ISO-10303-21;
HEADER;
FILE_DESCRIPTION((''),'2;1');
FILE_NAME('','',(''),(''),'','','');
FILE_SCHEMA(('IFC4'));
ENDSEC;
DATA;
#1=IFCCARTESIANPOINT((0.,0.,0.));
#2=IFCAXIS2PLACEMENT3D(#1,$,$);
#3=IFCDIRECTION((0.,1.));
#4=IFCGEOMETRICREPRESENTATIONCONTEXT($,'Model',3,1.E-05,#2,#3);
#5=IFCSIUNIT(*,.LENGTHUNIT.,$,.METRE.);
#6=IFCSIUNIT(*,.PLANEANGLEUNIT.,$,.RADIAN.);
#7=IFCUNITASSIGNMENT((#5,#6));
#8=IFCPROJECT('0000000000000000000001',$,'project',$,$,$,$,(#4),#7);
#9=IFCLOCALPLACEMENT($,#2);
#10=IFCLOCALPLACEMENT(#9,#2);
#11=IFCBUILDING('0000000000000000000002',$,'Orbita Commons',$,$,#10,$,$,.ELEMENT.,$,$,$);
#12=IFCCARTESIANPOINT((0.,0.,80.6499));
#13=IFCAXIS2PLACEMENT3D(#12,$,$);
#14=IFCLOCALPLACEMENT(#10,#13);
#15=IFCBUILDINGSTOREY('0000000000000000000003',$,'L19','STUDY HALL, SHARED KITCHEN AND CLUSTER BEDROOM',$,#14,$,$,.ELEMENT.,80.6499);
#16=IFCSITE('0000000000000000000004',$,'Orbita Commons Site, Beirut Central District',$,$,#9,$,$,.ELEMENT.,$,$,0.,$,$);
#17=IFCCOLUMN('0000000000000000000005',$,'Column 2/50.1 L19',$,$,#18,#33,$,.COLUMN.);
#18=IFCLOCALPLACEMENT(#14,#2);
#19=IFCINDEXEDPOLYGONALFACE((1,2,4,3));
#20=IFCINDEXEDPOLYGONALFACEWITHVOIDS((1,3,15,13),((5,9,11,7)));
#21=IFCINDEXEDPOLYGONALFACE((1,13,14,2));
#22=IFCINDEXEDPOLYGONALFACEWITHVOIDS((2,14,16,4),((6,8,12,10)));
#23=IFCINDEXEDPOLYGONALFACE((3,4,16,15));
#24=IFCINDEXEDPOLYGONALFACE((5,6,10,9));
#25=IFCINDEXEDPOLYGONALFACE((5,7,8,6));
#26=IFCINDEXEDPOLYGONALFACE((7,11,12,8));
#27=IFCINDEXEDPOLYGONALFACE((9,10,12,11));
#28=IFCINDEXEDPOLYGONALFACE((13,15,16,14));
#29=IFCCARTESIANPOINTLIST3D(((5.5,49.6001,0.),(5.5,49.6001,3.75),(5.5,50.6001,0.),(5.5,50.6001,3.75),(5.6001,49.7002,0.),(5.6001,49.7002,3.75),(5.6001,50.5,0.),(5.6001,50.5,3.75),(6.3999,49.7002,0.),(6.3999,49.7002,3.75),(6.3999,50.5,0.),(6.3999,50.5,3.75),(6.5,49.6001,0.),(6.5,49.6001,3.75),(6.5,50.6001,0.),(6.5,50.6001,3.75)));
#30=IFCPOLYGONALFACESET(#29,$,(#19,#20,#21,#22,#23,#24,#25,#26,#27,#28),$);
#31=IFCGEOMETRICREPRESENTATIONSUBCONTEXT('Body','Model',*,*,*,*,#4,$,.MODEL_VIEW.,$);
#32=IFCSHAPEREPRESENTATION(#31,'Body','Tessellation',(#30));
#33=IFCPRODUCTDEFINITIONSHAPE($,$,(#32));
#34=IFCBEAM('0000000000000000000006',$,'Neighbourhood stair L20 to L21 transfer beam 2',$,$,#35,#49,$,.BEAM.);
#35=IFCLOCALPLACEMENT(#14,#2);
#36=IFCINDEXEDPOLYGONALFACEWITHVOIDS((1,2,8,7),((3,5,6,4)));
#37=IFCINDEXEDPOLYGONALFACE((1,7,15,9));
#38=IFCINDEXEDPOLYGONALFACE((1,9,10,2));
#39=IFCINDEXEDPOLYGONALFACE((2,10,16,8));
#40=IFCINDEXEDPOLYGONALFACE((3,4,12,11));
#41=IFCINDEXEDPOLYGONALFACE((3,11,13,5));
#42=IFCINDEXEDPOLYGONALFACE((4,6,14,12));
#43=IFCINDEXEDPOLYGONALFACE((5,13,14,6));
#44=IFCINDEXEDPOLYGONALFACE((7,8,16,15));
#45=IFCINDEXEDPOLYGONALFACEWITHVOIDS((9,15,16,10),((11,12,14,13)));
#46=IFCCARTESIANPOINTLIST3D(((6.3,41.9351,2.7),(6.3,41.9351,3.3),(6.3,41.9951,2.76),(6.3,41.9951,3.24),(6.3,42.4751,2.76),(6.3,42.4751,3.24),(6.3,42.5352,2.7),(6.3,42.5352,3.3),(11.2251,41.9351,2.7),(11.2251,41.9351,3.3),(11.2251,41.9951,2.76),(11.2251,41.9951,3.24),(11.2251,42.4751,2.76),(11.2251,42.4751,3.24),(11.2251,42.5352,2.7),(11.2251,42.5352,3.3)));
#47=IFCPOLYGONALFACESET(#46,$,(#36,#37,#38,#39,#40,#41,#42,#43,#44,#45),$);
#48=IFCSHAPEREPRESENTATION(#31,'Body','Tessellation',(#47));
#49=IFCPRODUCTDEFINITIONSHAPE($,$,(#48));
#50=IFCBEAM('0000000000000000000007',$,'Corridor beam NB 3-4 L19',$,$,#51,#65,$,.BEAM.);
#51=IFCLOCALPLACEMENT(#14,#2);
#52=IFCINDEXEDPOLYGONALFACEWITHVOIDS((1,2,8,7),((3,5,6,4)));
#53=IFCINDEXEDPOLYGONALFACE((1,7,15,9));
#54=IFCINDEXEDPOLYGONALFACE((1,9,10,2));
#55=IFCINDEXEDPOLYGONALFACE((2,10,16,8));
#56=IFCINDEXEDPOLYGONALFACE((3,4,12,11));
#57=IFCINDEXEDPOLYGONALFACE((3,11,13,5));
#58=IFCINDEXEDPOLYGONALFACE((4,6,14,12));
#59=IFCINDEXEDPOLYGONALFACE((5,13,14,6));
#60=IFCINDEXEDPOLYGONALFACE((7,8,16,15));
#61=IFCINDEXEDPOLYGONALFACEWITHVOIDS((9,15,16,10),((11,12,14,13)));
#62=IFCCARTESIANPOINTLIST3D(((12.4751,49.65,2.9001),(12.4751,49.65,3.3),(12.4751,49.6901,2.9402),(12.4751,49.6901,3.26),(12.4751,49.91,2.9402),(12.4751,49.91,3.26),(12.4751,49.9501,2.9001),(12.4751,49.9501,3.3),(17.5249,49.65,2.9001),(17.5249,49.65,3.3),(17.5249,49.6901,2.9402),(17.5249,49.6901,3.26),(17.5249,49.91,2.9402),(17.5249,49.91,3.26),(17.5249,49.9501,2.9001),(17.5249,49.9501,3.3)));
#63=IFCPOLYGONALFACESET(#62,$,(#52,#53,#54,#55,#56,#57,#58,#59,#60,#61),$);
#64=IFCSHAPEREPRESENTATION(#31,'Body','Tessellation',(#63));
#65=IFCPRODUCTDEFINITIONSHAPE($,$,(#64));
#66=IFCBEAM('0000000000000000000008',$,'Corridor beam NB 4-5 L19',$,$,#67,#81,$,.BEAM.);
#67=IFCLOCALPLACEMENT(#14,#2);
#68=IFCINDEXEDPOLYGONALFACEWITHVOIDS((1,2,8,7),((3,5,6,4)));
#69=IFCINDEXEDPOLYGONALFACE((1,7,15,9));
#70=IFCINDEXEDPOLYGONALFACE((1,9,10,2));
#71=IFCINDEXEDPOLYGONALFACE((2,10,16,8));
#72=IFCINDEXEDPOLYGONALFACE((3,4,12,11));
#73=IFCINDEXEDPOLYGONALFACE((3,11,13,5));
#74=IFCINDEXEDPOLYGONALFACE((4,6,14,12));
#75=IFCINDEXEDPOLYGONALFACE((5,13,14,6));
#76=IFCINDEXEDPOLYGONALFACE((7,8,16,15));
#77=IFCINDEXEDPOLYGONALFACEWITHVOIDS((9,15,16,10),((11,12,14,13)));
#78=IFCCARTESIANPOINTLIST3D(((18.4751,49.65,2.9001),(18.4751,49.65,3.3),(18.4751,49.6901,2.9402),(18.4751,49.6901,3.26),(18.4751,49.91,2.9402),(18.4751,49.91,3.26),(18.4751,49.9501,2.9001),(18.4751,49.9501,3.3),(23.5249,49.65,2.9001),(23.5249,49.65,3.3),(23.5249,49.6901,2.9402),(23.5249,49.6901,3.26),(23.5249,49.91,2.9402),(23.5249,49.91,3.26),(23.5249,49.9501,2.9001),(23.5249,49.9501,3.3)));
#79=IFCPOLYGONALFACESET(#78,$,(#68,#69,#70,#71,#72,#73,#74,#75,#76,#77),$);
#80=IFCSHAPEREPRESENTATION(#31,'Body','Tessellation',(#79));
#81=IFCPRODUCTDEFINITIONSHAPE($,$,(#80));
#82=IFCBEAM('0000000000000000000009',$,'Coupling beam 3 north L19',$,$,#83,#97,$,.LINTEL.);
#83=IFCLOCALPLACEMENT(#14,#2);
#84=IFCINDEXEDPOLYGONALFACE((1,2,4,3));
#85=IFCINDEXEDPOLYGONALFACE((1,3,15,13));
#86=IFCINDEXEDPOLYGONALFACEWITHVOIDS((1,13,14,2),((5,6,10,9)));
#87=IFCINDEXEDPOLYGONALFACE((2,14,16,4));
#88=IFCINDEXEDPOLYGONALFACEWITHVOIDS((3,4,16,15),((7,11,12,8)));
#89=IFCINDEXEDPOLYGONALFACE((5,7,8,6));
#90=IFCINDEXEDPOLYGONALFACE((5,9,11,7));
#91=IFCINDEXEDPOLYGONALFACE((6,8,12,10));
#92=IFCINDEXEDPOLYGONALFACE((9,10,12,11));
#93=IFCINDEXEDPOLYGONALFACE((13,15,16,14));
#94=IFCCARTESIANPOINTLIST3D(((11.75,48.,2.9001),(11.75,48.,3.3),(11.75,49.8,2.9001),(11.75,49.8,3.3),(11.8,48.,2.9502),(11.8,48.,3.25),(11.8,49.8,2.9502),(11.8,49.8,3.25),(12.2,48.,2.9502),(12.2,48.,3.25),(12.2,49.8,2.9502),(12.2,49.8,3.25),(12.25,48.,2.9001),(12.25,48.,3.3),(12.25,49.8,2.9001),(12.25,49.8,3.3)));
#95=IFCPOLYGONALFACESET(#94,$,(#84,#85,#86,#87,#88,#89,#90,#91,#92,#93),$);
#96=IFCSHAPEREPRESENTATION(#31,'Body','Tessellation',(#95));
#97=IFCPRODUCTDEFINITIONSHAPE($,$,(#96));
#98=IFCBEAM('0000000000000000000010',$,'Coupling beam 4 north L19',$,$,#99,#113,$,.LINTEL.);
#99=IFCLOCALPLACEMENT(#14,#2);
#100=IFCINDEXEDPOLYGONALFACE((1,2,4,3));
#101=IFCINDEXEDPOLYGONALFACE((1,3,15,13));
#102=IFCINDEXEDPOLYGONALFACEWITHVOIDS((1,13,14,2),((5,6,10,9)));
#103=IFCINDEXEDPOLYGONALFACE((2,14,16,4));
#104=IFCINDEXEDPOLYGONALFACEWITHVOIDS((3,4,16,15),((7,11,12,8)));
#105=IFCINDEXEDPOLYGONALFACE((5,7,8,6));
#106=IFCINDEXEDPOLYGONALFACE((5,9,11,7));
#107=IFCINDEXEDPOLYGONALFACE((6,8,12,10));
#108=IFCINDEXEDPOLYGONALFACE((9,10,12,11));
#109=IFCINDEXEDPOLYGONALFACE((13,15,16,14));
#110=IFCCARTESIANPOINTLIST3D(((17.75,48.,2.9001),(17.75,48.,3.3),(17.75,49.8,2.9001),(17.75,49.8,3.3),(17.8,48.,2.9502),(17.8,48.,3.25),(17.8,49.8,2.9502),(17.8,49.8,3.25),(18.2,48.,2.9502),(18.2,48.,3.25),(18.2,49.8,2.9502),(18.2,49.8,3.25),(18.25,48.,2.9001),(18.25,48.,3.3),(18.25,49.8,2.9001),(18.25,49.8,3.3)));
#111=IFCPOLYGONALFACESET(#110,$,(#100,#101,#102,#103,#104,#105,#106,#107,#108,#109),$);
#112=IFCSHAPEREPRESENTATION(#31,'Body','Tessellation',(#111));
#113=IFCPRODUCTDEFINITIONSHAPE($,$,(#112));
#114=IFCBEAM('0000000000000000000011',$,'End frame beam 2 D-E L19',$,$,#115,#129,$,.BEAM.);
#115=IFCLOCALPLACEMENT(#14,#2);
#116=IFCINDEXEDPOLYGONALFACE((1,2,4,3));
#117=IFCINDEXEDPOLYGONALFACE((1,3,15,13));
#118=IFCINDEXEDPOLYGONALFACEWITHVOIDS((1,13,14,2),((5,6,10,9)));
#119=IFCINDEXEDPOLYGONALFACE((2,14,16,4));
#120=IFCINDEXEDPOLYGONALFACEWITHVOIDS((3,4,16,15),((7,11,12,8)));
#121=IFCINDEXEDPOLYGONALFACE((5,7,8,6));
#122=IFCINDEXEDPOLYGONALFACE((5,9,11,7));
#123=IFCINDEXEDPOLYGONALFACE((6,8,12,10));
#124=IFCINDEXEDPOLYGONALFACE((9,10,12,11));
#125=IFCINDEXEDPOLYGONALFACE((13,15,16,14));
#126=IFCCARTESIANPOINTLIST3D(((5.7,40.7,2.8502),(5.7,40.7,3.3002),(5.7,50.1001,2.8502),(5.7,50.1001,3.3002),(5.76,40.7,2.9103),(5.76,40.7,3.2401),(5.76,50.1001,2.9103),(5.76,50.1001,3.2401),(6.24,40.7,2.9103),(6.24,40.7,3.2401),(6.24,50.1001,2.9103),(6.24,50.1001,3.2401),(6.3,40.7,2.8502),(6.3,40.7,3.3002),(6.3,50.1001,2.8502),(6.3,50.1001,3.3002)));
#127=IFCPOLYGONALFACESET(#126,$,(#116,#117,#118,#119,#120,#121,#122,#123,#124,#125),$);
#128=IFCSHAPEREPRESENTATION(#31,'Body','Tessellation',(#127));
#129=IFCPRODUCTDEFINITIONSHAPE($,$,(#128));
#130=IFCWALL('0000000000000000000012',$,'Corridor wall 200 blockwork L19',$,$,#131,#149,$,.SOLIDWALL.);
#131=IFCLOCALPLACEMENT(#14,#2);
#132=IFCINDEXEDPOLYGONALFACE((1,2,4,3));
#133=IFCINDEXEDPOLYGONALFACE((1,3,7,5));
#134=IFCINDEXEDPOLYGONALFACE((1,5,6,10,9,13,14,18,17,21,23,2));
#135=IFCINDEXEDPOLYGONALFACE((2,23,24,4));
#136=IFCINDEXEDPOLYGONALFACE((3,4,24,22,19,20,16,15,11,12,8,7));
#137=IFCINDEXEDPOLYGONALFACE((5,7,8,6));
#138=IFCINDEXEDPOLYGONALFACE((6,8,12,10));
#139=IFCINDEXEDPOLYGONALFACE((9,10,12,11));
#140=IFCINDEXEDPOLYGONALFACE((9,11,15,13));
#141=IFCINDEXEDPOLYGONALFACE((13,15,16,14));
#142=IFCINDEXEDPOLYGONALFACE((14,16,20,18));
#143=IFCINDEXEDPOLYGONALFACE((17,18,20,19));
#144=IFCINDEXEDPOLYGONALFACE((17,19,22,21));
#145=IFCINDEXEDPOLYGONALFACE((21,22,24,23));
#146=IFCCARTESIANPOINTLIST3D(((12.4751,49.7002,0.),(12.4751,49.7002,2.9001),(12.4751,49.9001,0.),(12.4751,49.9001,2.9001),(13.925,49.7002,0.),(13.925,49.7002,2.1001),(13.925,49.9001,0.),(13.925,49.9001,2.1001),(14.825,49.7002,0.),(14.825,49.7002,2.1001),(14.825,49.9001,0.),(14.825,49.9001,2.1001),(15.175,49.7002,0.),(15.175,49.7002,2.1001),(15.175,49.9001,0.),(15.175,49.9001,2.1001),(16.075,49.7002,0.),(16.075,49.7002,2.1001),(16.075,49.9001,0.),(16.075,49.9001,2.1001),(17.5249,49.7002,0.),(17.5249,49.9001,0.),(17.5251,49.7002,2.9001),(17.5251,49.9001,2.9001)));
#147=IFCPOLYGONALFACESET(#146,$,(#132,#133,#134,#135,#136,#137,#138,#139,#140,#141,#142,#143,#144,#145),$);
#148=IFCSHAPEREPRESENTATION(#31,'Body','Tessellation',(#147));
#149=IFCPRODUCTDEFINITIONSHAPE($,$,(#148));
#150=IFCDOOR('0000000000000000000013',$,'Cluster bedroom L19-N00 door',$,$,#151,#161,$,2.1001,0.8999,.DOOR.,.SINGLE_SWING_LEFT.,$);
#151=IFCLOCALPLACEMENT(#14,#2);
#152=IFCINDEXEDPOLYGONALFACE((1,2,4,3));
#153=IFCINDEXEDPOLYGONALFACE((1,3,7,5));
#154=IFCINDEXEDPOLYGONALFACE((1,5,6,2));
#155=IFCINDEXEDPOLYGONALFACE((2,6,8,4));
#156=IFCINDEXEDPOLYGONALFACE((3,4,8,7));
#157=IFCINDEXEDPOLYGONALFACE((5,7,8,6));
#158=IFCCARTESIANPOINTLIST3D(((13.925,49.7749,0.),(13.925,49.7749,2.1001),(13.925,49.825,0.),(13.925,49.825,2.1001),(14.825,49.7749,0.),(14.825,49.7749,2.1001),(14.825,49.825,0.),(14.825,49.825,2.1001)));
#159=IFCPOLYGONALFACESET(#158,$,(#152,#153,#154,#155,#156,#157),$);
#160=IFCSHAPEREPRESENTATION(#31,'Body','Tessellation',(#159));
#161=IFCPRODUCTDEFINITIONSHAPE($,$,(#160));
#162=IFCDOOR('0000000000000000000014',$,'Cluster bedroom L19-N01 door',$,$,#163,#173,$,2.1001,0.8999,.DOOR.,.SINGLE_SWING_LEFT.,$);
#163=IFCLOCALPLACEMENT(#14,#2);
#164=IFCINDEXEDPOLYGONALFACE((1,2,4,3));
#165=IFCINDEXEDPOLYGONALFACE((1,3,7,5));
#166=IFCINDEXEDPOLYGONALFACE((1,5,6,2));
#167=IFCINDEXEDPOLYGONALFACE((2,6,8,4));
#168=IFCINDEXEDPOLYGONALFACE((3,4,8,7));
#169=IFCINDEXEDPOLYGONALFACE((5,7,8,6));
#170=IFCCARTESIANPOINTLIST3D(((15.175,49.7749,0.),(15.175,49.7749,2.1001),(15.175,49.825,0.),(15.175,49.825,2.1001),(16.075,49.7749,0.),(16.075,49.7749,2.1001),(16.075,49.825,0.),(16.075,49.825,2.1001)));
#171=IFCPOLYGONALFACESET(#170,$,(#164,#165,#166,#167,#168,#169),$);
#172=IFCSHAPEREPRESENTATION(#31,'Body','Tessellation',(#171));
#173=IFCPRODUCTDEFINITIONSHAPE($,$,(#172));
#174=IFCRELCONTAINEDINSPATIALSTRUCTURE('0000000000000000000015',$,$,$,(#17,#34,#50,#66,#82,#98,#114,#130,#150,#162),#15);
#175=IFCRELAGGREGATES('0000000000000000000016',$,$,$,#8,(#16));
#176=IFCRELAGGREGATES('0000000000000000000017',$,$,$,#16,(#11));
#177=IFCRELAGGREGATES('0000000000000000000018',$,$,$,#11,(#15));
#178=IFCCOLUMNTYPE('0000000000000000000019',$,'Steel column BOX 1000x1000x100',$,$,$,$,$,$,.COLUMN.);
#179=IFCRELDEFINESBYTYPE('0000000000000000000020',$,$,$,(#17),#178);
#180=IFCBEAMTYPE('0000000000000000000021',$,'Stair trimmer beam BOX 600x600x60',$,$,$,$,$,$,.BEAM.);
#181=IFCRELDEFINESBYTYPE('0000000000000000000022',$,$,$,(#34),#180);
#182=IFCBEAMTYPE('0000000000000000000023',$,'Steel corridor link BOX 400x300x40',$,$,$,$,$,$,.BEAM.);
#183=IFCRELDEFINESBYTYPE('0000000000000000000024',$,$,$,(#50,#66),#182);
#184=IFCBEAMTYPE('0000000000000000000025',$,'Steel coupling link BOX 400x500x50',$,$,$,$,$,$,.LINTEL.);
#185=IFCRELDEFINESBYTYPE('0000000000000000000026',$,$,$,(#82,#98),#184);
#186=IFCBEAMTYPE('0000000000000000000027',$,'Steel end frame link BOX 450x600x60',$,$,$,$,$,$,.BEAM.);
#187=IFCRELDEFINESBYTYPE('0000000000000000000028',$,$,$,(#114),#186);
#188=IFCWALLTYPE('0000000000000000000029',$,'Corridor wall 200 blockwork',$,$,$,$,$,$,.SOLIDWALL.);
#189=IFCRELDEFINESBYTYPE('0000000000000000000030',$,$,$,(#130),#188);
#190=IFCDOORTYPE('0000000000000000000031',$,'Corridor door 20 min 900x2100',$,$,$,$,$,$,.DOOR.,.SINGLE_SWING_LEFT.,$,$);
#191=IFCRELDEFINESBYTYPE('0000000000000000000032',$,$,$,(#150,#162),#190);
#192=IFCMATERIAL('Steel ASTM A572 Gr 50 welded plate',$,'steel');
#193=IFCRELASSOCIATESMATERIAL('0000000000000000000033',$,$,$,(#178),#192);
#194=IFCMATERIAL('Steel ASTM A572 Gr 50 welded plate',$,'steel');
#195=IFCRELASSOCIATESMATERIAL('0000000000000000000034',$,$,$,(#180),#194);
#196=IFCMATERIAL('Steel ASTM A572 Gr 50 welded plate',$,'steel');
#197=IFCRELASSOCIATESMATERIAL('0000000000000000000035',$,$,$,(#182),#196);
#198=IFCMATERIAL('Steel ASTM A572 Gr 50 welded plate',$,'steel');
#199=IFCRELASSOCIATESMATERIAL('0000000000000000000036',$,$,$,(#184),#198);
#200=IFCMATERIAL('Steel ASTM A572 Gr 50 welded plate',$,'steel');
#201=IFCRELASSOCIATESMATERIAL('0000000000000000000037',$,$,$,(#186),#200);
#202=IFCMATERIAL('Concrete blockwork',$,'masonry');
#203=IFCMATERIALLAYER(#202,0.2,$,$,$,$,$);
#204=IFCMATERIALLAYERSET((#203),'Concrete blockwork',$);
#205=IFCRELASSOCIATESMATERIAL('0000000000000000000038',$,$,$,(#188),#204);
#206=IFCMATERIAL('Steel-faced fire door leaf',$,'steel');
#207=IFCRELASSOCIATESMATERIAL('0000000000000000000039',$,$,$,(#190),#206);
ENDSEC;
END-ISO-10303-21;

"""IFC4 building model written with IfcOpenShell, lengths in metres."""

from ifc_helpers import new_model, si_unit, direction, frame, frame_2d, origin, origin_2d, place, context, subcontext, project, spatial, polyline, rectangle, hollow_rectangle, outline, extrude, material, layer, layer_set, material_profile, profile_set, type_object, element, fill, save


model = new_model("IFC4")

# Units and contexts
model_context = context("Model", 3, precision=1e-05, world=origin(), true_north=direction((0.0, 1.0)))
body_context = subcontext(model_context, "Body", "Model", "MODEL_VIEW")
ifc_project = project(units=[si_unit("LENGTHUNIT", "METRE"), si_unit("PLANEANGLEUNIT", "RADIAN")], contexts=[model_context])

# Site, building, storey
site_placement = place(None, origin())
site = spatial("IfcSite", under=ifc_project, at=site_placement, Name="Orbita Commons Site, Beirut Central District", CompositionType="ELEMENT", RefElevation=0.0)
building_placement = place(site_placement, origin())
building = spatial("IfcBuilding", under=site, at=building_placement, Name="Orbita Commons", CompositionType="ELEMENT")
storey_placement = place(building_placement, frame((0.0, 0.0, 80.6499)))
storey = spatial("IfcBuildingStorey", under=building, at=storey_placement, Name="L19", Description="STUDY HALL, SHARED KITCHEN AND CLUSTER BEDROOM", CompositionType="ELEMENT", Elevation=80.6499)

# Column
ifc_material_1 = material(Name="Steel ASTM A572 Gr 50 welded plate", Category="steel")
ifc_material_profile_1 = material_profile(ifc_material_1, hollow_rectangle(XDim=1.0, YDim=1.0, WallThickness=0.1001, at=origin_2d()), Name="BOX 1000x1000x100")
ifc_profile_set_1 = profile_set([ifc_material_profile_1], Name="Steel ASTM A572 Gr 50 welded plate")
column_type = type_object("IfcColumnType", Name="Steel column BOX 1000x1000x100", PredefinedType="COLUMN", material=ifc_profile_set_1)
column_placement = place(storey_placement, frame((6.0, 50.1001, 0.0), z_axis=(0.0, 0.0, 1.0), x_axis=(1.0, 0.0, 0.0)))
element("IfcColumn", 1, at=column_placement, inside=storey, type_object=column_type, Name="Column 2/50.1 L19", PredefinedType="COLUMN", context=body_context, shape_type="SweptSolid", body=[
    extrude(hollow_rectangle(XDim=1.0, YDim=1.0, WallThickness=0.1001, at=origin_2d()), origin(), (0.0, 0.0, 1.0), 3.75),
])

# Beams
ifc_material_2 = material(Name="Steel ASTM A572 Gr 50 welded plate", Category="steel")
ifc_material_profile_2 = material_profile(ifc_material_2, hollow_rectangle(XDim=0.6001, YDim=0.6001, WallThickness=0.0601, at=origin_2d()), Name="BOX 600x600x60")
ifc_profile_set_2 = profile_set([ifc_material_profile_2], Name="Steel ASTM A572 Gr 50 welded plate")
beam_type_1 = type_object("IfcBeamType", Name="Stair trimmer beam BOX 600x600x60", PredefinedType="BEAM", material=ifc_profile_set_2)
beam_1_placement = place(storey_placement, frame((6.3, 42.2351, 3.0), z_axis=(1.0, 0.0, 0.0), x_axis=(0.0, 1.0, 0.0)))
element("IfcBeam", 2, at=beam_1_placement, inside=storey, type_object=beam_type_1, Name="Neighbourhood stair L20 to L21 transfer beam 2", PredefinedType="BEAM", context=body_context, shape_type="SweptSolid", body=[
    extrude(hollow_rectangle(XDim=0.6001, YDim=0.6001, WallThickness=0.0601, at=origin_2d()), origin(), (0.0, 0.0, 1.0), 4.925),
])
ifc_material_3 = material(Name="Steel ASTM A572 Gr 50 welded plate", Category="steel")
ifc_material_profile_3 = material_profile(ifc_material_3, hollow_rectangle(XDim=0.3, YDim=0.3999, WallThickness=0.04, at=origin_2d()), Name="BOX 400x300x40")
ifc_profile_set_3 = profile_set([ifc_material_profile_3], Name="Steel ASTM A572 Gr 50 welded plate")
beam_type_2 = type_object("IfcBeamType", Name="Steel corridor link BOX 400x300x40", PredefinedType="BEAM", material=ifc_profile_set_3)
for number, where, z_axis, x_axis, name in (
    (3, (12.4751, 49.8, 3.1001), (1.0, 0.0, 0.0), (0.0, 1.0, 0.0), "Corridor beam NB 3-4 L19"),
    (4, (18.4751, 49.8, 3.1001), (1.0, 0.0, 0.0), (0.0, 1.0, 0.0), "Corridor beam NB 4-5 L19"),
):
    element("IfcBeam", number, at=place(storey_placement, frame(where, z_axis=z_axis, x_axis=x_axis)), inside=storey, type_object=beam_type_2, Name=name, PredefinedType="BEAM", context=body_context, shape_type="SweptSolid", body=[
        extrude(hollow_rectangle(XDim=0.3, YDim=0.3999, WallThickness=0.04, at=origin_2d()), origin(), (0.0, 0.0, 1.0), 5.0498),
    ])
ifc_material_4 = material(Name="Steel ASTM A572 Gr 50 welded plate", Category="steel")
ifc_material_profile_4 = material_profile(ifc_material_4, hollow_rectangle(XDim=0.5, YDim=0.3999, WallThickness=0.05, at=origin_2d()), Name="BOX 400x500x50")
ifc_profile_set_4 = profile_set([ifc_material_profile_4], Name="Steel ASTM A572 Gr 50 welded plate")
beam_type_3 = type_object("IfcBeamType", Name="Steel coupling link BOX 400x500x50", PredefinedType="LINTEL", material=ifc_profile_set_4)
for number, where, z_axis, x_axis, name in (
    (5, (12.0, 48.0, 3.1001), (0.0, 1.0, 0.0), (-1.0, 0.0, 0.0), "Coupling beam 3 north L19"),
    (6, (18.0, 48.0, 3.1001), (0.0, 1.0, 0.0), (-1.0, 0.0, 0.0), "Coupling beam 4 north L19"),
):
    element("IfcBeam", number, at=place(storey_placement, frame(where, z_axis=z_axis, x_axis=x_axis)), inside=storey, type_object=beam_type_3, Name=name, PredefinedType="LINTEL", context=body_context, shape_type="SweptSolid", body=[
        extrude(hollow_rectangle(XDim=0.5, YDim=0.3999, WallThickness=0.05, at=origin_2d()), origin(), (0.0, 0.0, 1.0), 1.8),
    ])
ifc_material_5 = material(Name="Steel ASTM A572 Gr 50 welded plate", Category="steel")
ifc_material_profile_5 = material_profile(ifc_material_5, hollow_rectangle(XDim=0.6001, YDim=0.45, WallThickness=0.0601, at=origin_2d()), Name="BOX 450x600x60")
ifc_profile_set_5 = profile_set([ifc_material_profile_5], Name="Steel ASTM A572 Gr 50 welded plate")
beam_type_4 = type_object("IfcBeamType", Name="Steel end frame link BOX 450x600x60", PredefinedType="BEAM", material=ifc_profile_set_5)
beam_2_placement = place(storey_placement, frame((6.0, 40.7, 3.0752), z_axis=(0.0, 1.0, 0.0), x_axis=(-1.0, 0.0, 0.0)))
element("IfcBeam", 7, at=beam_2_placement, inside=storey, type_object=beam_type_4, Name="End frame beam 2 D-E L19", PredefinedType="BEAM", context=body_context, shape_type="SweptSolid", body=[
    extrude(hollow_rectangle(XDim=0.6001, YDim=0.45, WallThickness=0.0601, at=origin_2d()), origin(), (0.0, 0.0, 1.0), 9.4001),
])

# Wall, openings, doors
ifc_material_6 = material(Name="Concrete blockwork", Category="masonry")
ifc_layer_1 = layer(ifc_material_6, 0.2)
ifc_layer_set_1 = layer_set([ifc_layer_1], Name="Concrete blockwork")
wall_type_1 = type_object("IfcWallType", Name="Corridor wall 200 blockwork", PredefinedType="SOLIDWALL", material=ifc_layer_set_1)
wall_1_placement = place(storey_placement, frame((12.4751, 49.8, 0.0), z_axis=(0.0, 0.0, 1.0), x_axis=(1.0, 0.0, 0.0)))
wall_1 = element("IfcWall", 8, at=wall_1_placement, inside=storey, type_object=wall_type_1, Name="Corridor wall 200 blockwork L19", PredefinedType="SOLIDWALL", context=body_context, shape_type="SweptSolid", body=[
    extrude(outline(polyline([(0.0, 0.0), (5.0498, 0.0), (5.05, 2.9001), (0.0, 2.9001), (0.0, 0.0)])), frame((0.0, 0.1001, 0.0), z_axis=(0.0, -1.0, 0.0), x_axis=(1.0, 0.0, 0.0)), (0.0, 0.0, 1.0), 0.2),
])
opening_1_placement = place(wall_1_placement, frame((1.45, 0.0, 0.0)))
opening_1 = element("IfcOpeningElement", 9, at=opening_1_placement, cuts=wall_1, PredefinedType="OPENING", context=body_context, shape_type="SweptSolid", body=[
    extrude(rectangle(XDim=0.8999, YDim=2.1001, at=frame_2d((0.45, 1.05))), frame((0.0, 0.1099, 0.0), z_axis=(0.0, -1.0, 0.0), x_axis=(1.0, 0.0, 0.0)), (0.0, 0.0, 1.0), 0.22),
])
opening_2_placement = place(wall_1_placement, frame((2.7, 0.0, 0.0)))
opening_2 = element("IfcOpeningElement", 10, at=opening_2_placement, cuts=wall_1, PredefinedType="OPENING", context=body_context, shape_type="SweptSolid", body=[
    extrude(rectangle(XDim=0.8999, YDim=2.1001, at=frame_2d((0.45, 1.05))), frame((0.0, 0.1099, 0.0), z_axis=(0.0, -1.0, 0.0), x_axis=(1.0, 0.0, 0.0)), (0.0, 0.0, 1.0), 0.22),
])
ifc_material_7 = material(Name="Steel-faced fire door leaf", Category="steel")
door_type_1 = type_object("IfcDoorType", Name="Corridor door 20 min 900x2100", OperationType="SINGLE_SWING_LEFT", PredefinedType="DOOR", material=ifc_material_7)
door_1_placement = place(opening_1_placement, origin())
door_1 = element("IfcDoor", 11, at=door_1_placement, inside=storey, type_object=door_type_1, Name="Cluster bedroom L19-N00 door", OperationType="SINGLE_SWING_LEFT", OverallHeight=2.1001, OverallWidth=0.8999, PredefinedType="DOOR", context=body_context, shape_type="SweptSolid", body=[
    extrude(rectangle(XDim=0.8999, YDim=2.1001, at=frame_2d((0.45, 1.05))), frame((0.0, 0.0249, 0.0), z_axis=(0.0, -1.0, 0.0), x_axis=(1.0, 0.0, 0.0)), (0.0, 0.0, 1.0), 0.05),
])
fill(opening_1, door_1)
door_2_placement = place(opening_2_placement, origin())
door_2 = element("IfcDoor", 12, at=door_2_placement, inside=storey, type_object=door_type_1, Name="Cluster bedroom L19-N01 door", OperationType="SINGLE_SWING_LEFT", OverallHeight=2.1001, OverallWidth=0.8999, PredefinedType="DOOR", context=body_context, shape_type="SweptSolid", body=[
    extrude(rectangle(XDim=0.8999, YDim=2.1001, at=frame_2d((0.45, 1.05))), frame((0.0, 0.0249, 0.0), z_axis=(0.0, -1.0, 0.0), x_axis=(1.0, 0.0, 0.0)), (0.0, 0.0, 1.0), 0.05),
])
fill(opening_2, door_2)

save(model, "model.ifc")
